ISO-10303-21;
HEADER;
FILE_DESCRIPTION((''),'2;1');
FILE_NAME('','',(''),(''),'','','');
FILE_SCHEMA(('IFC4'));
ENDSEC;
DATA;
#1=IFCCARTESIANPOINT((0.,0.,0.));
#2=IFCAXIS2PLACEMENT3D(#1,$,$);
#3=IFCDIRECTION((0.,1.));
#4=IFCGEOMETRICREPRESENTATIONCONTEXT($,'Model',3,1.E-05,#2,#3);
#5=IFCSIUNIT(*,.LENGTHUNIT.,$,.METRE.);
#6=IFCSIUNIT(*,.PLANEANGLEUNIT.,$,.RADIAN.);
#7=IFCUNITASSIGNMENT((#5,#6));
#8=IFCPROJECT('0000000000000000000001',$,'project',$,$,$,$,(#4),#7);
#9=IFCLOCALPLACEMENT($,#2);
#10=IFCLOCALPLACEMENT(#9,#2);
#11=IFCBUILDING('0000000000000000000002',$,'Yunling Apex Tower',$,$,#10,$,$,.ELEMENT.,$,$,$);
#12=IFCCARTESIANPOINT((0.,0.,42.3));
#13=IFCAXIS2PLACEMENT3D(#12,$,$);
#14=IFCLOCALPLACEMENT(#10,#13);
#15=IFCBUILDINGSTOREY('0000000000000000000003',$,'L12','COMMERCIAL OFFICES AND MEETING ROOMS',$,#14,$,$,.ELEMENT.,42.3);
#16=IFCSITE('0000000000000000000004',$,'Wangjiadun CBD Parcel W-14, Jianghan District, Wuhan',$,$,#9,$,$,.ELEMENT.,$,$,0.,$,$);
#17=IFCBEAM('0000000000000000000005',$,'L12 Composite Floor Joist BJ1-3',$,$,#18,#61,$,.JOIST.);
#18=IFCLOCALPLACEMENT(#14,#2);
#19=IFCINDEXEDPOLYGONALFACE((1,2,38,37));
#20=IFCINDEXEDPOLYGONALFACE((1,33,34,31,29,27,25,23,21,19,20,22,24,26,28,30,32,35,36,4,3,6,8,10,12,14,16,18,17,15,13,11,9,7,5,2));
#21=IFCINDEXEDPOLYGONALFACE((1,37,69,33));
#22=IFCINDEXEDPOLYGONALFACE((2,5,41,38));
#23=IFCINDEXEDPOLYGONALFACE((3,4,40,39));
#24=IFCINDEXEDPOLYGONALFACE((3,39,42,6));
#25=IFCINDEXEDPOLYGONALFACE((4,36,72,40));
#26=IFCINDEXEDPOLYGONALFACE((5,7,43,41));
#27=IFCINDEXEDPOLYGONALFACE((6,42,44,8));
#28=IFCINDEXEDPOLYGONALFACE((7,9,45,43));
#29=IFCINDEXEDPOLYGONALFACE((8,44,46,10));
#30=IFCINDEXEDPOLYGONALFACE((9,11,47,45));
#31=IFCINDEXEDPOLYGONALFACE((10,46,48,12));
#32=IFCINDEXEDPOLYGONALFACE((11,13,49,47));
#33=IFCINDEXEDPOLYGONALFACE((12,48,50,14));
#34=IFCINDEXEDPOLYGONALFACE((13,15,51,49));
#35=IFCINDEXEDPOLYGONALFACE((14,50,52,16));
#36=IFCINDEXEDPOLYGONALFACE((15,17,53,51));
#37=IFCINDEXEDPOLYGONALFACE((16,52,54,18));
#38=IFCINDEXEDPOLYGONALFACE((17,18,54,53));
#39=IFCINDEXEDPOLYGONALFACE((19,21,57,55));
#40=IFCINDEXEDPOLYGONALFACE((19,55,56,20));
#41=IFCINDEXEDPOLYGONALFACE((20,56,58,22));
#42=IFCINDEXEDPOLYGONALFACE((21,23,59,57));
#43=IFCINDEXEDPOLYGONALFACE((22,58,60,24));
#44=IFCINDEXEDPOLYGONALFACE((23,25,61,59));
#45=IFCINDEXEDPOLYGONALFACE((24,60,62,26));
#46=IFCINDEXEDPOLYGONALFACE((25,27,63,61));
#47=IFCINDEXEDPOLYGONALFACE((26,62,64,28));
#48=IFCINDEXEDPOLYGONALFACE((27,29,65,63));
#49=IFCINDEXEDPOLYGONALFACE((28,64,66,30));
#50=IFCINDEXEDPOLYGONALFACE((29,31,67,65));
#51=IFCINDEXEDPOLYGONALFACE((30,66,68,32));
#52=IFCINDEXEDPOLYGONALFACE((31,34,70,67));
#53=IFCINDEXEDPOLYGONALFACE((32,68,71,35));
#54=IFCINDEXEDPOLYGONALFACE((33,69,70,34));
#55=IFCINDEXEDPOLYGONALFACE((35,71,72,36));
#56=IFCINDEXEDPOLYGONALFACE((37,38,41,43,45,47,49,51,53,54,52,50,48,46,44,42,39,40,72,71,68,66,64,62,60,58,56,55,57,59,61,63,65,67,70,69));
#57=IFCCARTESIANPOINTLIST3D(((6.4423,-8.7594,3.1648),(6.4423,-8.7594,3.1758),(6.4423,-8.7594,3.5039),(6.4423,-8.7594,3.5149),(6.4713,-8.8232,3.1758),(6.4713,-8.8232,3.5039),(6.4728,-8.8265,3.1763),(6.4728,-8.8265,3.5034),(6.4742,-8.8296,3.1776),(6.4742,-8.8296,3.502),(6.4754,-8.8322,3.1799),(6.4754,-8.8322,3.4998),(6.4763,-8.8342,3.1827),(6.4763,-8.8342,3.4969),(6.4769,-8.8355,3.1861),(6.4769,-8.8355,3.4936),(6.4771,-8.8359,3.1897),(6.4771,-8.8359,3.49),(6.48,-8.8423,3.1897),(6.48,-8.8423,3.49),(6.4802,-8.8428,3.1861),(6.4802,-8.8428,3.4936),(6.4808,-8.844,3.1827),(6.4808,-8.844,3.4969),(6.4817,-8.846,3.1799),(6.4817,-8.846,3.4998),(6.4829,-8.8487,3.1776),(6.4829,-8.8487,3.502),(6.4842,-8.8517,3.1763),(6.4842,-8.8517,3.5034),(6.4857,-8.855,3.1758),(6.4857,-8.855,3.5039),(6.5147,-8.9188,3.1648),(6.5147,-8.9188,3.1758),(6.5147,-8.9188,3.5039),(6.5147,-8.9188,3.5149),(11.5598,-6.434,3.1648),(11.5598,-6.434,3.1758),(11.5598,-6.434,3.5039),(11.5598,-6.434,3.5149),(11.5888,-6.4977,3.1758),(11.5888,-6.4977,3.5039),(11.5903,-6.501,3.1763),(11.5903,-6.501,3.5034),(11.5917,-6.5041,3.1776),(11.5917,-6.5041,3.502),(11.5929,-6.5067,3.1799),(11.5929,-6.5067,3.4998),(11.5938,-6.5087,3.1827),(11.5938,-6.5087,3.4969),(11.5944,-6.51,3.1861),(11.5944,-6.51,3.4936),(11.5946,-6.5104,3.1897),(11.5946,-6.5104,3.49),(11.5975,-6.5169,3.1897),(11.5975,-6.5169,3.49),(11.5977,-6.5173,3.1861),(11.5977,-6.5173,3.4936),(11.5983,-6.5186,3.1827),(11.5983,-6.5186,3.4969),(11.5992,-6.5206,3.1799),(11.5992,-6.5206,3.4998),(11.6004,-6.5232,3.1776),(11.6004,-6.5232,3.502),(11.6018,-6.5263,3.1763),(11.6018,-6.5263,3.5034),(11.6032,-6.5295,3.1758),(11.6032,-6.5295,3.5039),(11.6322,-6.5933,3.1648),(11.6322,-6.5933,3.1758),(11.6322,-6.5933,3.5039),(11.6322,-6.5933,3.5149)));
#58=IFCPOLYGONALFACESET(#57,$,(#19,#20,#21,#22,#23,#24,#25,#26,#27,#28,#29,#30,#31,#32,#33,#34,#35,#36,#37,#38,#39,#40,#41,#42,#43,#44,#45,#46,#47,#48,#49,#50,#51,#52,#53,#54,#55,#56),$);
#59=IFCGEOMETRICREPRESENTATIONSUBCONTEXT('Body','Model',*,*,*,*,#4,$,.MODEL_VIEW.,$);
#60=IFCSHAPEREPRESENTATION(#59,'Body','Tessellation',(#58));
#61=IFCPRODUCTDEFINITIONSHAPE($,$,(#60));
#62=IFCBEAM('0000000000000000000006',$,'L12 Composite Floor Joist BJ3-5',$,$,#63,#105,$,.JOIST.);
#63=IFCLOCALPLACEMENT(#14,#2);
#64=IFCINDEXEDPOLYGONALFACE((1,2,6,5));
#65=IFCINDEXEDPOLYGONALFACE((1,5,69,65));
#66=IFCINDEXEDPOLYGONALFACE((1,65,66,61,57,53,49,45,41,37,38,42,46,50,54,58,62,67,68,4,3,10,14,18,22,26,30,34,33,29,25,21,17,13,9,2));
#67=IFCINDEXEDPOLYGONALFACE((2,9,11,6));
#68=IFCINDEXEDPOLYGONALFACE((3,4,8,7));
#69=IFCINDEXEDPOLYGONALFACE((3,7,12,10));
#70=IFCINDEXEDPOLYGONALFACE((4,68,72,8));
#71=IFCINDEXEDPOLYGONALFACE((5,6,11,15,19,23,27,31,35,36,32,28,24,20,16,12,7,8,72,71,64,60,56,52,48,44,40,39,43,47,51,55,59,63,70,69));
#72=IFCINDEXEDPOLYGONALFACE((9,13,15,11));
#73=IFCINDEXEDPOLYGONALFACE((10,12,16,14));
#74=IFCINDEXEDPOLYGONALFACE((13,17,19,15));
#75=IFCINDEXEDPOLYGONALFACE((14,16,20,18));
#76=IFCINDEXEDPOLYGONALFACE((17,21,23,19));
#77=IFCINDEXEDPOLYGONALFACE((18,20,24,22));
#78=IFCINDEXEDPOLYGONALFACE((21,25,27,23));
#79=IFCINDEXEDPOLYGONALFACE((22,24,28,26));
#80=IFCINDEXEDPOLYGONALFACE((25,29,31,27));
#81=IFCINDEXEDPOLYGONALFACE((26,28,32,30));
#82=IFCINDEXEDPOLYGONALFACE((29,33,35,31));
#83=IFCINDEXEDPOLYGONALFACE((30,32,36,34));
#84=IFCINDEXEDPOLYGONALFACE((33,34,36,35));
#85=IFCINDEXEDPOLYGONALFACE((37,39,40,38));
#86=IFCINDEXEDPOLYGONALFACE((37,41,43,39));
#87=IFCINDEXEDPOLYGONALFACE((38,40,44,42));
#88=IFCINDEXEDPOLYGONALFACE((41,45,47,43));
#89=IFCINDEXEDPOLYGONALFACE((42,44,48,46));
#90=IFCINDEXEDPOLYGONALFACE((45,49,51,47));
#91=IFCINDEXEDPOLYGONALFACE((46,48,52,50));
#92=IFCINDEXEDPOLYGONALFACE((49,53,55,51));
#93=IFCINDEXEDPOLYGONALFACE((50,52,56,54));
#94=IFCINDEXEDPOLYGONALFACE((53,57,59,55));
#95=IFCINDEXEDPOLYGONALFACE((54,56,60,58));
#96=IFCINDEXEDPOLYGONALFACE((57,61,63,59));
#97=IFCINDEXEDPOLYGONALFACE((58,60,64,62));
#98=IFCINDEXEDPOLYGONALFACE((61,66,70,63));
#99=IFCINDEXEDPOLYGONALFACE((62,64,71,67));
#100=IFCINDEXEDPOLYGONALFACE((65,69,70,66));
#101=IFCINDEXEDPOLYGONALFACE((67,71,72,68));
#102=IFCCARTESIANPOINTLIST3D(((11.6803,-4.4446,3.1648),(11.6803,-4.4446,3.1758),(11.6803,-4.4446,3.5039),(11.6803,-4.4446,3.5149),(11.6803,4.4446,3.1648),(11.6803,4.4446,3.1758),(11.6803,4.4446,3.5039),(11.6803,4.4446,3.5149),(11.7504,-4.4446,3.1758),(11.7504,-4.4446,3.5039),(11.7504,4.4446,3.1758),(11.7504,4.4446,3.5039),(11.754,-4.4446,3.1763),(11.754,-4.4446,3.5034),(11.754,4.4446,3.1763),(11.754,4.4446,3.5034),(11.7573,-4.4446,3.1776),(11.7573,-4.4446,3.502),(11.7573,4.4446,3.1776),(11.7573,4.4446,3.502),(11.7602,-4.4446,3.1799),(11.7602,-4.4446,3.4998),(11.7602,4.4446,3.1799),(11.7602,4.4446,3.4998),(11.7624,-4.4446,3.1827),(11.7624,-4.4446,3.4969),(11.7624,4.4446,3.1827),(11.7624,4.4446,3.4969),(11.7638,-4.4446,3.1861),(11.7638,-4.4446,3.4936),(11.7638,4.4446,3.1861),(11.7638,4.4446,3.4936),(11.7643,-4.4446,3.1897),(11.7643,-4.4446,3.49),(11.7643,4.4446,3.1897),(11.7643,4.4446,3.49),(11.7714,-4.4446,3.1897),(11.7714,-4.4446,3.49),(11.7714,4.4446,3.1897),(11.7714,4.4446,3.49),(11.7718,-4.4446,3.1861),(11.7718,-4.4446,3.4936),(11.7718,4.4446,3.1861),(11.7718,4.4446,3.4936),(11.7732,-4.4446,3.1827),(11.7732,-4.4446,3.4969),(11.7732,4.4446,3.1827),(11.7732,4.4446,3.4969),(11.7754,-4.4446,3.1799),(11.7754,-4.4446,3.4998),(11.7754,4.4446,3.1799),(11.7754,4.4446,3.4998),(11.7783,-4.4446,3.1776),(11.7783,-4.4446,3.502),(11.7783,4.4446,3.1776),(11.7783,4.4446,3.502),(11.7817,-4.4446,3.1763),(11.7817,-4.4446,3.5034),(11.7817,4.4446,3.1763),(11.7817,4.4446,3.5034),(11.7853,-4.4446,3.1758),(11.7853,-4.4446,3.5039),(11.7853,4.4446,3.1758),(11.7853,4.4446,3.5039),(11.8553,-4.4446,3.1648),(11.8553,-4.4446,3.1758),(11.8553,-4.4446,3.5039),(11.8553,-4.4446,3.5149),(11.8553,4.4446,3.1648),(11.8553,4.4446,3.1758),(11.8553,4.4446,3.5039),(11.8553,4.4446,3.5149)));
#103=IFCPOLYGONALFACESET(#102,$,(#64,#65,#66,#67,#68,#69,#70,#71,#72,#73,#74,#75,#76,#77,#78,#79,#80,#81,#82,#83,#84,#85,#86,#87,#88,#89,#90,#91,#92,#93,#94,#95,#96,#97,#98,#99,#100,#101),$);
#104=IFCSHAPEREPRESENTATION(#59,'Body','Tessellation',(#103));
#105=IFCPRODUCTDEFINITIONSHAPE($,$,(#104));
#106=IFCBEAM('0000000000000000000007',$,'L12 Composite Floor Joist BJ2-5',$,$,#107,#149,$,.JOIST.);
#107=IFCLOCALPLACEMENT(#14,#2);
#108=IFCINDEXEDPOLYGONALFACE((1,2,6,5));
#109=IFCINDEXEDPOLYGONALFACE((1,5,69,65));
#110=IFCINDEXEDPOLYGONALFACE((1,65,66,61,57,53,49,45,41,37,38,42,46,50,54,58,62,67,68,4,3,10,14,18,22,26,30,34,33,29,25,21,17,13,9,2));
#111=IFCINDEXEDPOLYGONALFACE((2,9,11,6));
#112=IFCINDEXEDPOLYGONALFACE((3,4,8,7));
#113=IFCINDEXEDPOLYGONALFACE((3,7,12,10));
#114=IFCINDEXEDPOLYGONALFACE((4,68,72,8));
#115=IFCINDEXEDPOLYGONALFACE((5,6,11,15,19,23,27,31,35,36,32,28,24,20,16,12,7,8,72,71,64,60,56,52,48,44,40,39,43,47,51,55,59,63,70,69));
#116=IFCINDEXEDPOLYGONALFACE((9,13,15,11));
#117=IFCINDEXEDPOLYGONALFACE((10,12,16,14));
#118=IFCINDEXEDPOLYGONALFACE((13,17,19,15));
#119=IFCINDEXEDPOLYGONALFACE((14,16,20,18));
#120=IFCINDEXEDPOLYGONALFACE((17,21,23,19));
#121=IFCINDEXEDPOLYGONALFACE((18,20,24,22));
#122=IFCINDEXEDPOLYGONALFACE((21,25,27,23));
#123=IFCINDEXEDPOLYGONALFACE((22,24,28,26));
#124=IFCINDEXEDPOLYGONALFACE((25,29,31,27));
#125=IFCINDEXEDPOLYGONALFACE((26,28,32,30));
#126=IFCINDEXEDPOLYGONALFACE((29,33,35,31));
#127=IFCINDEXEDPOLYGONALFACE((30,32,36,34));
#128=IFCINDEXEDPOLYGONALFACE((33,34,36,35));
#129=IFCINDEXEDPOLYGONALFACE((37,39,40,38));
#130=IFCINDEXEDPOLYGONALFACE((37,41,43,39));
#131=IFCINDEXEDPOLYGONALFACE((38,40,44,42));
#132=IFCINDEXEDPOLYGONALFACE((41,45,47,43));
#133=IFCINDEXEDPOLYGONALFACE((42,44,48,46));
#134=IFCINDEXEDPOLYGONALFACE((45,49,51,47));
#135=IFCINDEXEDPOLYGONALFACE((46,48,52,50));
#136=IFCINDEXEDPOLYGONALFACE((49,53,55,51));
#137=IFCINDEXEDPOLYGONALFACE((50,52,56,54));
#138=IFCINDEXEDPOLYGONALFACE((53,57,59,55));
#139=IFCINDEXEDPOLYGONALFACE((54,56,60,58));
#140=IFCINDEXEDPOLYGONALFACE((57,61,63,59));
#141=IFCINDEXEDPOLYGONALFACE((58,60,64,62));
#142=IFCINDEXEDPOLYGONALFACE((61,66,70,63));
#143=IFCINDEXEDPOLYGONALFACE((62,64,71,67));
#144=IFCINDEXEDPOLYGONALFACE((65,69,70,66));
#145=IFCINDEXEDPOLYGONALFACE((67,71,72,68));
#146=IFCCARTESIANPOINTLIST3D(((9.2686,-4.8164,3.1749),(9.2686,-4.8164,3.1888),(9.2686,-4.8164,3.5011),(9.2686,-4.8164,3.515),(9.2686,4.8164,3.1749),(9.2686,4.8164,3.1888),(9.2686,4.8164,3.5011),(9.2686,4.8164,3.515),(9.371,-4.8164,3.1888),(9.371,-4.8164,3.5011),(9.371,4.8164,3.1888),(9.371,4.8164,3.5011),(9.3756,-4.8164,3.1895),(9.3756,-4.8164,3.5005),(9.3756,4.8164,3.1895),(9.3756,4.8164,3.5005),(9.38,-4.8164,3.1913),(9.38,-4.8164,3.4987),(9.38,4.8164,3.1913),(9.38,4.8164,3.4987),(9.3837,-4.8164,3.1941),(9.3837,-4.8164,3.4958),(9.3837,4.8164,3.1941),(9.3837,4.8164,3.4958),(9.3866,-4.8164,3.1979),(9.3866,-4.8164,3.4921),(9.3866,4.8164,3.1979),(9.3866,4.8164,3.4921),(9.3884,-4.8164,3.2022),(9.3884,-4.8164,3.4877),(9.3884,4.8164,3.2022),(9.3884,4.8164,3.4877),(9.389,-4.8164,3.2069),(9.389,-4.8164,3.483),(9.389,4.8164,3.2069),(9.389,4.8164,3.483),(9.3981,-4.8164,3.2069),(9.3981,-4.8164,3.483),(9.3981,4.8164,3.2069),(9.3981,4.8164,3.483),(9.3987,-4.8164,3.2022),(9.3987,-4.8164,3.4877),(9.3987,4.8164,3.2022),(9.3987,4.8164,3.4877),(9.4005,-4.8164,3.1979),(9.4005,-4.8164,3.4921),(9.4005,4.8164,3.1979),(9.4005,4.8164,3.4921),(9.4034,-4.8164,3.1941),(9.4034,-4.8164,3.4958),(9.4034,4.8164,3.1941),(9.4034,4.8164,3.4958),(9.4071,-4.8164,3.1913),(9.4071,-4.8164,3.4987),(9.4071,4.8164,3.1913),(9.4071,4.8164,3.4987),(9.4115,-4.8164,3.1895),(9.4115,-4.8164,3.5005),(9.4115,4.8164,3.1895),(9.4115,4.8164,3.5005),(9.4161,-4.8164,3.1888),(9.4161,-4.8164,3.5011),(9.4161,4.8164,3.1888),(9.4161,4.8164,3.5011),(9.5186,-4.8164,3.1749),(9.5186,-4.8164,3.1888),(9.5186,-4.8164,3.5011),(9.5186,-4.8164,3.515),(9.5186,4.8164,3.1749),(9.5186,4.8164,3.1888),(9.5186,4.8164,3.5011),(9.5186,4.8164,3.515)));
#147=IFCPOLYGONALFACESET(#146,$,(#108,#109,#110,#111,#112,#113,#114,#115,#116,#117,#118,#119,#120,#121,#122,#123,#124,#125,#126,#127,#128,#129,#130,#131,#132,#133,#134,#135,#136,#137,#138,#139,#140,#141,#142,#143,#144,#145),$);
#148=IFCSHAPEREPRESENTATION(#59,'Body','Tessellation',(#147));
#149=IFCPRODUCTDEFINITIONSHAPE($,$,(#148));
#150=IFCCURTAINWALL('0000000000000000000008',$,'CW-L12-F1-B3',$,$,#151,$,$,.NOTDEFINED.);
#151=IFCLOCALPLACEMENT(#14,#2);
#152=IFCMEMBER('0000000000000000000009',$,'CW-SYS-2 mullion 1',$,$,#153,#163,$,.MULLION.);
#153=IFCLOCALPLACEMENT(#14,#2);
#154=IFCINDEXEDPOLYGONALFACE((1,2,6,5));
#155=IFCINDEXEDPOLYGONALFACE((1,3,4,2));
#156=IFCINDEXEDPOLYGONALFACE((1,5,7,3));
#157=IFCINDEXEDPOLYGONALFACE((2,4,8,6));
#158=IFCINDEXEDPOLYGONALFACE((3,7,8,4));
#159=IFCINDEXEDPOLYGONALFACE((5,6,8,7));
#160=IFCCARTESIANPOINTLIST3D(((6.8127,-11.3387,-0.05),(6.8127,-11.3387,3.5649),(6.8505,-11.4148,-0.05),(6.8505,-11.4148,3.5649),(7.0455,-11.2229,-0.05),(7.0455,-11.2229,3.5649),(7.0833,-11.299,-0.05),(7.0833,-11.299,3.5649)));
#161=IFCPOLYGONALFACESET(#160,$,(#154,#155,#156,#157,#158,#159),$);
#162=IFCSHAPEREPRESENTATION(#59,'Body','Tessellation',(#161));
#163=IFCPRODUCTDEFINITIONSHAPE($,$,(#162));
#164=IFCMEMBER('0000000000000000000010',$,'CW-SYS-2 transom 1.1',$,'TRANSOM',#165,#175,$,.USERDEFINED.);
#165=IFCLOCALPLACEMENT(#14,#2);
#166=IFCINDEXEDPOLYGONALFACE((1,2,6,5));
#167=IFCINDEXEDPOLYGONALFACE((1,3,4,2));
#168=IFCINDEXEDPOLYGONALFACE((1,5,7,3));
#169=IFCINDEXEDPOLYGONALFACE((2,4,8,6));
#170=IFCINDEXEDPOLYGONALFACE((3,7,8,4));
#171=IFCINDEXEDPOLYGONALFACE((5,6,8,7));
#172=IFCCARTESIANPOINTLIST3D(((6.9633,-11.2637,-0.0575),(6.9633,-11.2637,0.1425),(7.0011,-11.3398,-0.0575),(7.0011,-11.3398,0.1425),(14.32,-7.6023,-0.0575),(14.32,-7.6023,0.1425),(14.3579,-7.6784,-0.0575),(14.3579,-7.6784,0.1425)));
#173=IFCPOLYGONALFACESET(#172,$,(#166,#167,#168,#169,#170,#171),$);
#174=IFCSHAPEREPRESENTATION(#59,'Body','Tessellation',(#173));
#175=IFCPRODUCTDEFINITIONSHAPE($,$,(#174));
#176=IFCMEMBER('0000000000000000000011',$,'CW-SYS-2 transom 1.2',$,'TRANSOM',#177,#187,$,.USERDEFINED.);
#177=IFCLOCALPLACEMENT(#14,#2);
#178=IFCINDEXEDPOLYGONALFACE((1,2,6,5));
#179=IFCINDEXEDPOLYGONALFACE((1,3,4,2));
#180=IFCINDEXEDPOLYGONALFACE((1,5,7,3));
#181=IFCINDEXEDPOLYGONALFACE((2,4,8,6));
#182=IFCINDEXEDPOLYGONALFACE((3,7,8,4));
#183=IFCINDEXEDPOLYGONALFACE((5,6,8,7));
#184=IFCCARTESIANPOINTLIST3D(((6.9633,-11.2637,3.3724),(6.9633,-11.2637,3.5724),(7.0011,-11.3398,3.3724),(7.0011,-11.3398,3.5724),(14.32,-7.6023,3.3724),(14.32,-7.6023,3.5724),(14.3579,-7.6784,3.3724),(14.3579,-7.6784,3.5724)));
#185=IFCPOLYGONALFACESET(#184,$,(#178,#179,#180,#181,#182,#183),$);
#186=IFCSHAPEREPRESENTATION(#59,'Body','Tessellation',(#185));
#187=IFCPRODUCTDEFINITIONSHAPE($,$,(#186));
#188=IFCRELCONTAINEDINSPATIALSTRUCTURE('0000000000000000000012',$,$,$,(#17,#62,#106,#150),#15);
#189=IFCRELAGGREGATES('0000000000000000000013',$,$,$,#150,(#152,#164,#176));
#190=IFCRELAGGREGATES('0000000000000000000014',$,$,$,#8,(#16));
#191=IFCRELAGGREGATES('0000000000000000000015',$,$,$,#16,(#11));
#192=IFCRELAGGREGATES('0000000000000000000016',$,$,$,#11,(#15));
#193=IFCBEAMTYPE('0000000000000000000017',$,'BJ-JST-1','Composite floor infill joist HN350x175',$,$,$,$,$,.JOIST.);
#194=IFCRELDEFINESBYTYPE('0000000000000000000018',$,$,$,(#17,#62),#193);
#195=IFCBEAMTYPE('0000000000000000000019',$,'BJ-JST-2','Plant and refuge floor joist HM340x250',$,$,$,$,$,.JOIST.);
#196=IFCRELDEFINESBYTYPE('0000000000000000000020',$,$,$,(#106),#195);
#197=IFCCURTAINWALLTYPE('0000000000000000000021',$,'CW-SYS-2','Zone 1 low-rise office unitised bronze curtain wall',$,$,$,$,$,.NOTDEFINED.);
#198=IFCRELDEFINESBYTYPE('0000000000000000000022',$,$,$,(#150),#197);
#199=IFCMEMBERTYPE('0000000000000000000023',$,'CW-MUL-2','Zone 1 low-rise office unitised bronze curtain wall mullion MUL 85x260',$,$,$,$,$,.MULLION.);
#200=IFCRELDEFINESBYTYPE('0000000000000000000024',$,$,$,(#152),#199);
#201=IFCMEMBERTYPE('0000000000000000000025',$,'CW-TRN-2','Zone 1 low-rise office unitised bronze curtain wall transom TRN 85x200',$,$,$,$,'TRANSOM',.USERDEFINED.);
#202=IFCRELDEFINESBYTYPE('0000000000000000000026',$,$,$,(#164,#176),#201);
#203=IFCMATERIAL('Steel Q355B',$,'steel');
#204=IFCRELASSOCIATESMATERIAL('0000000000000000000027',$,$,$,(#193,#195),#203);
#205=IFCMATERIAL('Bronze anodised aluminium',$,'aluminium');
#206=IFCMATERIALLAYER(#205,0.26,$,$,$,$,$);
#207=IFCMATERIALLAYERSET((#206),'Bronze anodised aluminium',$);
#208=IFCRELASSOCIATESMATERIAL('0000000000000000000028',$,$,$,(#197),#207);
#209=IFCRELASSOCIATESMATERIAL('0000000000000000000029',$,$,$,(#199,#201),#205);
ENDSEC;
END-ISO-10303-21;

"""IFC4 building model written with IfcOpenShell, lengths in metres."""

from ifc_helpers import new_model, si_unit, direction, frame, origin, origin_2d, place, context, subcontext, project, spatial, rectangle, i_section, extrude, source, transform, mapped, material, layer, layer_set, material_profile, profile_set, type_object, element, aggregate, save


model = new_model("IFC4")

# Units and contexts
model_context = context("Model", 3, precision=1e-05, world=origin(), true_north=direction((0.0, 1.0)))
body_context = subcontext(model_context, "Body", "Model", "MODEL_VIEW")
ifc_project = project(units=[si_unit("LENGTHUNIT", "METRE"), si_unit("PLANEANGLEUNIT", "RADIAN")], contexts=[model_context])

# Site, building, storey
site_placement = place(None, origin())
site = spatial("IfcSite", under=ifc_project, at=site_placement, Name="Wangjiadun CBD Parcel W-14, Jianghan District, Wuhan", CompositionType="ELEMENT", RefElevation=0.0)
building_placement = place(site_placement, origin())
building = spatial("IfcBuilding", under=site, at=building_placement, Name="Yunling Apex Tower", CompositionType="ELEMENT")
storey_placement = place(building_placement, frame((0.0, 0.0, 42.3)))
storey = spatial("IfcBuildingStorey", under=building, at=storey_placement, Name="L12", Description="COMMERCIAL OFFICES AND MEETING ROOMS", CompositionType="ELEMENT", Elevation=42.3)

# Beams
ifc_material_1 = material(Name="Steel Q355B", Category="steel")
ifc_material_profile_1 = material_profile(ifc_material_1, i_section(OverallWidth=0.175, OverallDepth=0.3501, WebThickness=0.0071, FlangeThickness=0.011, FilletRadius=0.0139, at=origin_2d()))
ifc_profile_set_1 = profile_set([ifc_material_profile_1], Name="Steel Q355B")
beam_type_1 = type_object("IfcBeamType", Name="BJ-JST-1", Description="Composite floor infill joist HN350x175", PredefinedType="JOIST", material=ifc_profile_set_1)
shared_shape_1 = source(origin(), body_context, "Body", "SweptSolid", [
    extrude(i_section(OverallWidth=0.175, OverallDepth=0.3501, WebThickness=0.0071, FlangeThickness=0.011, FilletRadius=0.0139, at=origin_2d()), origin(), (0.0, 0.0, 1.0), 5.6211),
])
beam_1_placement = place(storey_placement, frame((6.4785, -8.8391, 3.3398), z_axis=(0.910411, 0.413705, 0.0), x_axis=(-0.413705, 0.910411, 0.0)))
element("IfcBeam", 1, at=beam_1_placement, inside=storey, type_object=beam_type_1, Name="L12 Composite Floor Joist BJ1-3", PredefinedType="JOIST", context=body_context, shape_type="MappedRepresentation", body=[
    mapped(shared_shape_1, transform((0.0, 0.0, 0.0), scale=1.0)),
])
shared_shape_2 = source(origin(), body_context, "Body", "SweptSolid", [
    extrude(i_section(OverallWidth=0.175, OverallDepth=0.3501, WebThickness=0.0071, FlangeThickness=0.011, FilletRadius=0.0139, at=origin_2d()), origin(), (0.0, 0.0, 1.0), 8.8892),
])
beam_2_placement = place(storey_placement, frame((11.7678, -4.4446, 3.3398), z_axis=(0.0, 1.0, 0.0), x_axis=(-1.0, 0.0, 0.0)))
element("IfcBeam", 2, at=beam_2_placement, inside=storey, type_object=beam_type_1, Name="L12 Composite Floor Joist BJ3-5", PredefinedType="JOIST", context=body_context, shape_type="MappedRepresentation", body=[
    mapped(shared_shape_2, transform((0.0, 0.0, 0.0), scale=1.0)),
])
ifc_material_profile_2 = material_profile(ifc_material_1, i_section(OverallWidth=0.25, OverallDepth=0.3401, WebThickness=0.009, FlangeThickness=0.0139, FilletRadius=0.0181, at=origin_2d()))
ifc_profile_set_2 = profile_set([ifc_material_profile_2], Name="Steel Q355B")
beam_type_2 = type_object("IfcBeamType", Name="BJ-JST-2", Description="Plant and refuge floor joist HM340x250", PredefinedType="JOIST", material=ifc_profile_set_2)
shared_shape_3 = source(origin(), body_context, "Body", "SweptSolid", [
    extrude(i_section(OverallWidth=0.25, OverallDepth=0.3401, WebThickness=0.009, FlangeThickness=0.0139, FilletRadius=0.0181, at=origin_2d()), origin(), (0.0, 0.0, 1.0), 9.6328),
])
beam_3_placement = place(storey_placement, frame((9.3936, -4.8164, 3.345), z_axis=(0.0, 1.0, 0.0), x_axis=(-1.0, 0.0, 0.0)))
element("IfcBeam", 3, at=beam_3_placement, inside=storey, type_object=beam_type_2, Name="L12 Composite Floor Joist BJ2-5", PredefinedType="JOIST", context=body_context, shape_type="MappedRepresentation", body=[
    mapped(shared_shape_3, transform((0.0, 0.0, 0.0), scale=1.0)),
])

# Curtain wall, members
ifc_material_2 = material(Name="Bronze anodised aluminium", Category="aluminium")
ifc_layer_1 = layer(ifc_material_2, 0.26)
ifc_layer_set_1 = layer_set([ifc_layer_1], Name="Bronze anodised aluminium")
curtain_wall_type = type_object("IfcCurtainWallType", Name="CW-SYS-2", Description="Zone 1 low-rise office unitised bronze curtain wall", PredefinedType="NOTDEFINED", material=ifc_layer_set_1)
curtain_wall_placement = place(storey_placement, origin())
curtain_wall = element("IfcCurtainWall", 4, at=curtain_wall_placement, inside=storey, type_object=curtain_wall_type, Name="CW-L12-F1-B3", PredefinedType="NOTDEFINED")
ifc_material_profile_3 = material_profile(ifc_material_2, rectangle(XDim=0.085, YDim=0.26, at=origin_2d()))
ifc_profile_set_3 = profile_set([ifc_material_profile_3], Name="Bronze anodised aluminium")
member_type_1 = type_object("IfcMemberType", Name="CW-MUL-2", Description="Zone 1 low-rise office unitised bronze curtain wall mullion MUL 85x260", PredefinedType="MULLION", material=ifc_profile_set_3)
shared_shape_4 = source(origin(), body_context, "Body", "SweptSolid", [
    extrude(rectangle(XDim=0.085, YDim=0.26, at=origin_2d()), origin(), (0.0, 0.0, 1.0), 3.615),
])
member_1_placement = place(storey_placement, frame((6.948, -11.3188, -0.05), z_axis=(0.0, 0.0, 1.0), x_axis=(-0.445571, 0.895247, 0.0)))
member_1 = element("IfcMember", 5, at=member_1_placement, type_object=member_type_1, Name="CW-SYS-2 mullion 1", PredefinedType="MULLION", context=body_context, shape_type="MappedRepresentation", body=[
    mapped(shared_shape_4, transform((0.0, 0.0, 0.0), scale=1.0)),
])
ifc_material_profile_4 = material_profile(ifc_material_2, rectangle(XDim=0.085, YDim=0.2, at=origin_2d()))
ifc_profile_set_4 = profile_set([ifc_material_profile_4], Name="Bronze anodised aluminium")
member_type_2 = type_object("IfcMemberType", Name="CW-TRN-2", Description="Zone 1 low-rise office unitised bronze curtain wall transom TRN 85x200", ElementType="TRANSOM", PredefinedType="USERDEFINED", material=ifc_profile_set_4)
shared_shape_5 = source(origin(), body_context, "Body", "SweptSolid", [
    extrude(rectangle(XDim=0.085, YDim=0.2, at=origin_2d()), origin(), (0.0, 0.0, 1.0), 8.2175),
])
member_2_placement = place(storey_placement, frame((6.9822, -11.3018, 0.0425), z_axis=(0.895252, 0.445561, 0.0), x_axis=(-0.445561, 0.895252, 0.0)))
member_2 = element("IfcMember", 6, at=member_2_placement, type_object=member_type_2, Name="CW-SYS-2 transom 1.1", ObjectType="TRANSOM", PredefinedType="USERDEFINED", context=body_context, shape_type="MappedRepresentation", body=[
    mapped(shared_shape_5, transform((0.0, 0.0, 0.0), scale=1.0)),
])
member_3_placement = place(storey_placement, frame((6.9822, -11.3018, 3.4724), z_axis=(0.895252, 0.445561, 0.0), x_axis=(-0.445561, 0.895252, 0.0)))
member_3 = element("IfcMember", 7, at=member_3_placement, type_object=member_type_2, Name="CW-SYS-2 transom 1.2", ObjectType="TRANSOM", PredefinedType="USERDEFINED", context=body_context, shape_type="MappedRepresentation", body=[
    mapped(shared_shape_5, transform((0.0, 0.0, 0.0), scale=1.0)),
])
aggregate(curtain_wall, [member_1, member_2, member_3])

save(model, "model.ifc")
